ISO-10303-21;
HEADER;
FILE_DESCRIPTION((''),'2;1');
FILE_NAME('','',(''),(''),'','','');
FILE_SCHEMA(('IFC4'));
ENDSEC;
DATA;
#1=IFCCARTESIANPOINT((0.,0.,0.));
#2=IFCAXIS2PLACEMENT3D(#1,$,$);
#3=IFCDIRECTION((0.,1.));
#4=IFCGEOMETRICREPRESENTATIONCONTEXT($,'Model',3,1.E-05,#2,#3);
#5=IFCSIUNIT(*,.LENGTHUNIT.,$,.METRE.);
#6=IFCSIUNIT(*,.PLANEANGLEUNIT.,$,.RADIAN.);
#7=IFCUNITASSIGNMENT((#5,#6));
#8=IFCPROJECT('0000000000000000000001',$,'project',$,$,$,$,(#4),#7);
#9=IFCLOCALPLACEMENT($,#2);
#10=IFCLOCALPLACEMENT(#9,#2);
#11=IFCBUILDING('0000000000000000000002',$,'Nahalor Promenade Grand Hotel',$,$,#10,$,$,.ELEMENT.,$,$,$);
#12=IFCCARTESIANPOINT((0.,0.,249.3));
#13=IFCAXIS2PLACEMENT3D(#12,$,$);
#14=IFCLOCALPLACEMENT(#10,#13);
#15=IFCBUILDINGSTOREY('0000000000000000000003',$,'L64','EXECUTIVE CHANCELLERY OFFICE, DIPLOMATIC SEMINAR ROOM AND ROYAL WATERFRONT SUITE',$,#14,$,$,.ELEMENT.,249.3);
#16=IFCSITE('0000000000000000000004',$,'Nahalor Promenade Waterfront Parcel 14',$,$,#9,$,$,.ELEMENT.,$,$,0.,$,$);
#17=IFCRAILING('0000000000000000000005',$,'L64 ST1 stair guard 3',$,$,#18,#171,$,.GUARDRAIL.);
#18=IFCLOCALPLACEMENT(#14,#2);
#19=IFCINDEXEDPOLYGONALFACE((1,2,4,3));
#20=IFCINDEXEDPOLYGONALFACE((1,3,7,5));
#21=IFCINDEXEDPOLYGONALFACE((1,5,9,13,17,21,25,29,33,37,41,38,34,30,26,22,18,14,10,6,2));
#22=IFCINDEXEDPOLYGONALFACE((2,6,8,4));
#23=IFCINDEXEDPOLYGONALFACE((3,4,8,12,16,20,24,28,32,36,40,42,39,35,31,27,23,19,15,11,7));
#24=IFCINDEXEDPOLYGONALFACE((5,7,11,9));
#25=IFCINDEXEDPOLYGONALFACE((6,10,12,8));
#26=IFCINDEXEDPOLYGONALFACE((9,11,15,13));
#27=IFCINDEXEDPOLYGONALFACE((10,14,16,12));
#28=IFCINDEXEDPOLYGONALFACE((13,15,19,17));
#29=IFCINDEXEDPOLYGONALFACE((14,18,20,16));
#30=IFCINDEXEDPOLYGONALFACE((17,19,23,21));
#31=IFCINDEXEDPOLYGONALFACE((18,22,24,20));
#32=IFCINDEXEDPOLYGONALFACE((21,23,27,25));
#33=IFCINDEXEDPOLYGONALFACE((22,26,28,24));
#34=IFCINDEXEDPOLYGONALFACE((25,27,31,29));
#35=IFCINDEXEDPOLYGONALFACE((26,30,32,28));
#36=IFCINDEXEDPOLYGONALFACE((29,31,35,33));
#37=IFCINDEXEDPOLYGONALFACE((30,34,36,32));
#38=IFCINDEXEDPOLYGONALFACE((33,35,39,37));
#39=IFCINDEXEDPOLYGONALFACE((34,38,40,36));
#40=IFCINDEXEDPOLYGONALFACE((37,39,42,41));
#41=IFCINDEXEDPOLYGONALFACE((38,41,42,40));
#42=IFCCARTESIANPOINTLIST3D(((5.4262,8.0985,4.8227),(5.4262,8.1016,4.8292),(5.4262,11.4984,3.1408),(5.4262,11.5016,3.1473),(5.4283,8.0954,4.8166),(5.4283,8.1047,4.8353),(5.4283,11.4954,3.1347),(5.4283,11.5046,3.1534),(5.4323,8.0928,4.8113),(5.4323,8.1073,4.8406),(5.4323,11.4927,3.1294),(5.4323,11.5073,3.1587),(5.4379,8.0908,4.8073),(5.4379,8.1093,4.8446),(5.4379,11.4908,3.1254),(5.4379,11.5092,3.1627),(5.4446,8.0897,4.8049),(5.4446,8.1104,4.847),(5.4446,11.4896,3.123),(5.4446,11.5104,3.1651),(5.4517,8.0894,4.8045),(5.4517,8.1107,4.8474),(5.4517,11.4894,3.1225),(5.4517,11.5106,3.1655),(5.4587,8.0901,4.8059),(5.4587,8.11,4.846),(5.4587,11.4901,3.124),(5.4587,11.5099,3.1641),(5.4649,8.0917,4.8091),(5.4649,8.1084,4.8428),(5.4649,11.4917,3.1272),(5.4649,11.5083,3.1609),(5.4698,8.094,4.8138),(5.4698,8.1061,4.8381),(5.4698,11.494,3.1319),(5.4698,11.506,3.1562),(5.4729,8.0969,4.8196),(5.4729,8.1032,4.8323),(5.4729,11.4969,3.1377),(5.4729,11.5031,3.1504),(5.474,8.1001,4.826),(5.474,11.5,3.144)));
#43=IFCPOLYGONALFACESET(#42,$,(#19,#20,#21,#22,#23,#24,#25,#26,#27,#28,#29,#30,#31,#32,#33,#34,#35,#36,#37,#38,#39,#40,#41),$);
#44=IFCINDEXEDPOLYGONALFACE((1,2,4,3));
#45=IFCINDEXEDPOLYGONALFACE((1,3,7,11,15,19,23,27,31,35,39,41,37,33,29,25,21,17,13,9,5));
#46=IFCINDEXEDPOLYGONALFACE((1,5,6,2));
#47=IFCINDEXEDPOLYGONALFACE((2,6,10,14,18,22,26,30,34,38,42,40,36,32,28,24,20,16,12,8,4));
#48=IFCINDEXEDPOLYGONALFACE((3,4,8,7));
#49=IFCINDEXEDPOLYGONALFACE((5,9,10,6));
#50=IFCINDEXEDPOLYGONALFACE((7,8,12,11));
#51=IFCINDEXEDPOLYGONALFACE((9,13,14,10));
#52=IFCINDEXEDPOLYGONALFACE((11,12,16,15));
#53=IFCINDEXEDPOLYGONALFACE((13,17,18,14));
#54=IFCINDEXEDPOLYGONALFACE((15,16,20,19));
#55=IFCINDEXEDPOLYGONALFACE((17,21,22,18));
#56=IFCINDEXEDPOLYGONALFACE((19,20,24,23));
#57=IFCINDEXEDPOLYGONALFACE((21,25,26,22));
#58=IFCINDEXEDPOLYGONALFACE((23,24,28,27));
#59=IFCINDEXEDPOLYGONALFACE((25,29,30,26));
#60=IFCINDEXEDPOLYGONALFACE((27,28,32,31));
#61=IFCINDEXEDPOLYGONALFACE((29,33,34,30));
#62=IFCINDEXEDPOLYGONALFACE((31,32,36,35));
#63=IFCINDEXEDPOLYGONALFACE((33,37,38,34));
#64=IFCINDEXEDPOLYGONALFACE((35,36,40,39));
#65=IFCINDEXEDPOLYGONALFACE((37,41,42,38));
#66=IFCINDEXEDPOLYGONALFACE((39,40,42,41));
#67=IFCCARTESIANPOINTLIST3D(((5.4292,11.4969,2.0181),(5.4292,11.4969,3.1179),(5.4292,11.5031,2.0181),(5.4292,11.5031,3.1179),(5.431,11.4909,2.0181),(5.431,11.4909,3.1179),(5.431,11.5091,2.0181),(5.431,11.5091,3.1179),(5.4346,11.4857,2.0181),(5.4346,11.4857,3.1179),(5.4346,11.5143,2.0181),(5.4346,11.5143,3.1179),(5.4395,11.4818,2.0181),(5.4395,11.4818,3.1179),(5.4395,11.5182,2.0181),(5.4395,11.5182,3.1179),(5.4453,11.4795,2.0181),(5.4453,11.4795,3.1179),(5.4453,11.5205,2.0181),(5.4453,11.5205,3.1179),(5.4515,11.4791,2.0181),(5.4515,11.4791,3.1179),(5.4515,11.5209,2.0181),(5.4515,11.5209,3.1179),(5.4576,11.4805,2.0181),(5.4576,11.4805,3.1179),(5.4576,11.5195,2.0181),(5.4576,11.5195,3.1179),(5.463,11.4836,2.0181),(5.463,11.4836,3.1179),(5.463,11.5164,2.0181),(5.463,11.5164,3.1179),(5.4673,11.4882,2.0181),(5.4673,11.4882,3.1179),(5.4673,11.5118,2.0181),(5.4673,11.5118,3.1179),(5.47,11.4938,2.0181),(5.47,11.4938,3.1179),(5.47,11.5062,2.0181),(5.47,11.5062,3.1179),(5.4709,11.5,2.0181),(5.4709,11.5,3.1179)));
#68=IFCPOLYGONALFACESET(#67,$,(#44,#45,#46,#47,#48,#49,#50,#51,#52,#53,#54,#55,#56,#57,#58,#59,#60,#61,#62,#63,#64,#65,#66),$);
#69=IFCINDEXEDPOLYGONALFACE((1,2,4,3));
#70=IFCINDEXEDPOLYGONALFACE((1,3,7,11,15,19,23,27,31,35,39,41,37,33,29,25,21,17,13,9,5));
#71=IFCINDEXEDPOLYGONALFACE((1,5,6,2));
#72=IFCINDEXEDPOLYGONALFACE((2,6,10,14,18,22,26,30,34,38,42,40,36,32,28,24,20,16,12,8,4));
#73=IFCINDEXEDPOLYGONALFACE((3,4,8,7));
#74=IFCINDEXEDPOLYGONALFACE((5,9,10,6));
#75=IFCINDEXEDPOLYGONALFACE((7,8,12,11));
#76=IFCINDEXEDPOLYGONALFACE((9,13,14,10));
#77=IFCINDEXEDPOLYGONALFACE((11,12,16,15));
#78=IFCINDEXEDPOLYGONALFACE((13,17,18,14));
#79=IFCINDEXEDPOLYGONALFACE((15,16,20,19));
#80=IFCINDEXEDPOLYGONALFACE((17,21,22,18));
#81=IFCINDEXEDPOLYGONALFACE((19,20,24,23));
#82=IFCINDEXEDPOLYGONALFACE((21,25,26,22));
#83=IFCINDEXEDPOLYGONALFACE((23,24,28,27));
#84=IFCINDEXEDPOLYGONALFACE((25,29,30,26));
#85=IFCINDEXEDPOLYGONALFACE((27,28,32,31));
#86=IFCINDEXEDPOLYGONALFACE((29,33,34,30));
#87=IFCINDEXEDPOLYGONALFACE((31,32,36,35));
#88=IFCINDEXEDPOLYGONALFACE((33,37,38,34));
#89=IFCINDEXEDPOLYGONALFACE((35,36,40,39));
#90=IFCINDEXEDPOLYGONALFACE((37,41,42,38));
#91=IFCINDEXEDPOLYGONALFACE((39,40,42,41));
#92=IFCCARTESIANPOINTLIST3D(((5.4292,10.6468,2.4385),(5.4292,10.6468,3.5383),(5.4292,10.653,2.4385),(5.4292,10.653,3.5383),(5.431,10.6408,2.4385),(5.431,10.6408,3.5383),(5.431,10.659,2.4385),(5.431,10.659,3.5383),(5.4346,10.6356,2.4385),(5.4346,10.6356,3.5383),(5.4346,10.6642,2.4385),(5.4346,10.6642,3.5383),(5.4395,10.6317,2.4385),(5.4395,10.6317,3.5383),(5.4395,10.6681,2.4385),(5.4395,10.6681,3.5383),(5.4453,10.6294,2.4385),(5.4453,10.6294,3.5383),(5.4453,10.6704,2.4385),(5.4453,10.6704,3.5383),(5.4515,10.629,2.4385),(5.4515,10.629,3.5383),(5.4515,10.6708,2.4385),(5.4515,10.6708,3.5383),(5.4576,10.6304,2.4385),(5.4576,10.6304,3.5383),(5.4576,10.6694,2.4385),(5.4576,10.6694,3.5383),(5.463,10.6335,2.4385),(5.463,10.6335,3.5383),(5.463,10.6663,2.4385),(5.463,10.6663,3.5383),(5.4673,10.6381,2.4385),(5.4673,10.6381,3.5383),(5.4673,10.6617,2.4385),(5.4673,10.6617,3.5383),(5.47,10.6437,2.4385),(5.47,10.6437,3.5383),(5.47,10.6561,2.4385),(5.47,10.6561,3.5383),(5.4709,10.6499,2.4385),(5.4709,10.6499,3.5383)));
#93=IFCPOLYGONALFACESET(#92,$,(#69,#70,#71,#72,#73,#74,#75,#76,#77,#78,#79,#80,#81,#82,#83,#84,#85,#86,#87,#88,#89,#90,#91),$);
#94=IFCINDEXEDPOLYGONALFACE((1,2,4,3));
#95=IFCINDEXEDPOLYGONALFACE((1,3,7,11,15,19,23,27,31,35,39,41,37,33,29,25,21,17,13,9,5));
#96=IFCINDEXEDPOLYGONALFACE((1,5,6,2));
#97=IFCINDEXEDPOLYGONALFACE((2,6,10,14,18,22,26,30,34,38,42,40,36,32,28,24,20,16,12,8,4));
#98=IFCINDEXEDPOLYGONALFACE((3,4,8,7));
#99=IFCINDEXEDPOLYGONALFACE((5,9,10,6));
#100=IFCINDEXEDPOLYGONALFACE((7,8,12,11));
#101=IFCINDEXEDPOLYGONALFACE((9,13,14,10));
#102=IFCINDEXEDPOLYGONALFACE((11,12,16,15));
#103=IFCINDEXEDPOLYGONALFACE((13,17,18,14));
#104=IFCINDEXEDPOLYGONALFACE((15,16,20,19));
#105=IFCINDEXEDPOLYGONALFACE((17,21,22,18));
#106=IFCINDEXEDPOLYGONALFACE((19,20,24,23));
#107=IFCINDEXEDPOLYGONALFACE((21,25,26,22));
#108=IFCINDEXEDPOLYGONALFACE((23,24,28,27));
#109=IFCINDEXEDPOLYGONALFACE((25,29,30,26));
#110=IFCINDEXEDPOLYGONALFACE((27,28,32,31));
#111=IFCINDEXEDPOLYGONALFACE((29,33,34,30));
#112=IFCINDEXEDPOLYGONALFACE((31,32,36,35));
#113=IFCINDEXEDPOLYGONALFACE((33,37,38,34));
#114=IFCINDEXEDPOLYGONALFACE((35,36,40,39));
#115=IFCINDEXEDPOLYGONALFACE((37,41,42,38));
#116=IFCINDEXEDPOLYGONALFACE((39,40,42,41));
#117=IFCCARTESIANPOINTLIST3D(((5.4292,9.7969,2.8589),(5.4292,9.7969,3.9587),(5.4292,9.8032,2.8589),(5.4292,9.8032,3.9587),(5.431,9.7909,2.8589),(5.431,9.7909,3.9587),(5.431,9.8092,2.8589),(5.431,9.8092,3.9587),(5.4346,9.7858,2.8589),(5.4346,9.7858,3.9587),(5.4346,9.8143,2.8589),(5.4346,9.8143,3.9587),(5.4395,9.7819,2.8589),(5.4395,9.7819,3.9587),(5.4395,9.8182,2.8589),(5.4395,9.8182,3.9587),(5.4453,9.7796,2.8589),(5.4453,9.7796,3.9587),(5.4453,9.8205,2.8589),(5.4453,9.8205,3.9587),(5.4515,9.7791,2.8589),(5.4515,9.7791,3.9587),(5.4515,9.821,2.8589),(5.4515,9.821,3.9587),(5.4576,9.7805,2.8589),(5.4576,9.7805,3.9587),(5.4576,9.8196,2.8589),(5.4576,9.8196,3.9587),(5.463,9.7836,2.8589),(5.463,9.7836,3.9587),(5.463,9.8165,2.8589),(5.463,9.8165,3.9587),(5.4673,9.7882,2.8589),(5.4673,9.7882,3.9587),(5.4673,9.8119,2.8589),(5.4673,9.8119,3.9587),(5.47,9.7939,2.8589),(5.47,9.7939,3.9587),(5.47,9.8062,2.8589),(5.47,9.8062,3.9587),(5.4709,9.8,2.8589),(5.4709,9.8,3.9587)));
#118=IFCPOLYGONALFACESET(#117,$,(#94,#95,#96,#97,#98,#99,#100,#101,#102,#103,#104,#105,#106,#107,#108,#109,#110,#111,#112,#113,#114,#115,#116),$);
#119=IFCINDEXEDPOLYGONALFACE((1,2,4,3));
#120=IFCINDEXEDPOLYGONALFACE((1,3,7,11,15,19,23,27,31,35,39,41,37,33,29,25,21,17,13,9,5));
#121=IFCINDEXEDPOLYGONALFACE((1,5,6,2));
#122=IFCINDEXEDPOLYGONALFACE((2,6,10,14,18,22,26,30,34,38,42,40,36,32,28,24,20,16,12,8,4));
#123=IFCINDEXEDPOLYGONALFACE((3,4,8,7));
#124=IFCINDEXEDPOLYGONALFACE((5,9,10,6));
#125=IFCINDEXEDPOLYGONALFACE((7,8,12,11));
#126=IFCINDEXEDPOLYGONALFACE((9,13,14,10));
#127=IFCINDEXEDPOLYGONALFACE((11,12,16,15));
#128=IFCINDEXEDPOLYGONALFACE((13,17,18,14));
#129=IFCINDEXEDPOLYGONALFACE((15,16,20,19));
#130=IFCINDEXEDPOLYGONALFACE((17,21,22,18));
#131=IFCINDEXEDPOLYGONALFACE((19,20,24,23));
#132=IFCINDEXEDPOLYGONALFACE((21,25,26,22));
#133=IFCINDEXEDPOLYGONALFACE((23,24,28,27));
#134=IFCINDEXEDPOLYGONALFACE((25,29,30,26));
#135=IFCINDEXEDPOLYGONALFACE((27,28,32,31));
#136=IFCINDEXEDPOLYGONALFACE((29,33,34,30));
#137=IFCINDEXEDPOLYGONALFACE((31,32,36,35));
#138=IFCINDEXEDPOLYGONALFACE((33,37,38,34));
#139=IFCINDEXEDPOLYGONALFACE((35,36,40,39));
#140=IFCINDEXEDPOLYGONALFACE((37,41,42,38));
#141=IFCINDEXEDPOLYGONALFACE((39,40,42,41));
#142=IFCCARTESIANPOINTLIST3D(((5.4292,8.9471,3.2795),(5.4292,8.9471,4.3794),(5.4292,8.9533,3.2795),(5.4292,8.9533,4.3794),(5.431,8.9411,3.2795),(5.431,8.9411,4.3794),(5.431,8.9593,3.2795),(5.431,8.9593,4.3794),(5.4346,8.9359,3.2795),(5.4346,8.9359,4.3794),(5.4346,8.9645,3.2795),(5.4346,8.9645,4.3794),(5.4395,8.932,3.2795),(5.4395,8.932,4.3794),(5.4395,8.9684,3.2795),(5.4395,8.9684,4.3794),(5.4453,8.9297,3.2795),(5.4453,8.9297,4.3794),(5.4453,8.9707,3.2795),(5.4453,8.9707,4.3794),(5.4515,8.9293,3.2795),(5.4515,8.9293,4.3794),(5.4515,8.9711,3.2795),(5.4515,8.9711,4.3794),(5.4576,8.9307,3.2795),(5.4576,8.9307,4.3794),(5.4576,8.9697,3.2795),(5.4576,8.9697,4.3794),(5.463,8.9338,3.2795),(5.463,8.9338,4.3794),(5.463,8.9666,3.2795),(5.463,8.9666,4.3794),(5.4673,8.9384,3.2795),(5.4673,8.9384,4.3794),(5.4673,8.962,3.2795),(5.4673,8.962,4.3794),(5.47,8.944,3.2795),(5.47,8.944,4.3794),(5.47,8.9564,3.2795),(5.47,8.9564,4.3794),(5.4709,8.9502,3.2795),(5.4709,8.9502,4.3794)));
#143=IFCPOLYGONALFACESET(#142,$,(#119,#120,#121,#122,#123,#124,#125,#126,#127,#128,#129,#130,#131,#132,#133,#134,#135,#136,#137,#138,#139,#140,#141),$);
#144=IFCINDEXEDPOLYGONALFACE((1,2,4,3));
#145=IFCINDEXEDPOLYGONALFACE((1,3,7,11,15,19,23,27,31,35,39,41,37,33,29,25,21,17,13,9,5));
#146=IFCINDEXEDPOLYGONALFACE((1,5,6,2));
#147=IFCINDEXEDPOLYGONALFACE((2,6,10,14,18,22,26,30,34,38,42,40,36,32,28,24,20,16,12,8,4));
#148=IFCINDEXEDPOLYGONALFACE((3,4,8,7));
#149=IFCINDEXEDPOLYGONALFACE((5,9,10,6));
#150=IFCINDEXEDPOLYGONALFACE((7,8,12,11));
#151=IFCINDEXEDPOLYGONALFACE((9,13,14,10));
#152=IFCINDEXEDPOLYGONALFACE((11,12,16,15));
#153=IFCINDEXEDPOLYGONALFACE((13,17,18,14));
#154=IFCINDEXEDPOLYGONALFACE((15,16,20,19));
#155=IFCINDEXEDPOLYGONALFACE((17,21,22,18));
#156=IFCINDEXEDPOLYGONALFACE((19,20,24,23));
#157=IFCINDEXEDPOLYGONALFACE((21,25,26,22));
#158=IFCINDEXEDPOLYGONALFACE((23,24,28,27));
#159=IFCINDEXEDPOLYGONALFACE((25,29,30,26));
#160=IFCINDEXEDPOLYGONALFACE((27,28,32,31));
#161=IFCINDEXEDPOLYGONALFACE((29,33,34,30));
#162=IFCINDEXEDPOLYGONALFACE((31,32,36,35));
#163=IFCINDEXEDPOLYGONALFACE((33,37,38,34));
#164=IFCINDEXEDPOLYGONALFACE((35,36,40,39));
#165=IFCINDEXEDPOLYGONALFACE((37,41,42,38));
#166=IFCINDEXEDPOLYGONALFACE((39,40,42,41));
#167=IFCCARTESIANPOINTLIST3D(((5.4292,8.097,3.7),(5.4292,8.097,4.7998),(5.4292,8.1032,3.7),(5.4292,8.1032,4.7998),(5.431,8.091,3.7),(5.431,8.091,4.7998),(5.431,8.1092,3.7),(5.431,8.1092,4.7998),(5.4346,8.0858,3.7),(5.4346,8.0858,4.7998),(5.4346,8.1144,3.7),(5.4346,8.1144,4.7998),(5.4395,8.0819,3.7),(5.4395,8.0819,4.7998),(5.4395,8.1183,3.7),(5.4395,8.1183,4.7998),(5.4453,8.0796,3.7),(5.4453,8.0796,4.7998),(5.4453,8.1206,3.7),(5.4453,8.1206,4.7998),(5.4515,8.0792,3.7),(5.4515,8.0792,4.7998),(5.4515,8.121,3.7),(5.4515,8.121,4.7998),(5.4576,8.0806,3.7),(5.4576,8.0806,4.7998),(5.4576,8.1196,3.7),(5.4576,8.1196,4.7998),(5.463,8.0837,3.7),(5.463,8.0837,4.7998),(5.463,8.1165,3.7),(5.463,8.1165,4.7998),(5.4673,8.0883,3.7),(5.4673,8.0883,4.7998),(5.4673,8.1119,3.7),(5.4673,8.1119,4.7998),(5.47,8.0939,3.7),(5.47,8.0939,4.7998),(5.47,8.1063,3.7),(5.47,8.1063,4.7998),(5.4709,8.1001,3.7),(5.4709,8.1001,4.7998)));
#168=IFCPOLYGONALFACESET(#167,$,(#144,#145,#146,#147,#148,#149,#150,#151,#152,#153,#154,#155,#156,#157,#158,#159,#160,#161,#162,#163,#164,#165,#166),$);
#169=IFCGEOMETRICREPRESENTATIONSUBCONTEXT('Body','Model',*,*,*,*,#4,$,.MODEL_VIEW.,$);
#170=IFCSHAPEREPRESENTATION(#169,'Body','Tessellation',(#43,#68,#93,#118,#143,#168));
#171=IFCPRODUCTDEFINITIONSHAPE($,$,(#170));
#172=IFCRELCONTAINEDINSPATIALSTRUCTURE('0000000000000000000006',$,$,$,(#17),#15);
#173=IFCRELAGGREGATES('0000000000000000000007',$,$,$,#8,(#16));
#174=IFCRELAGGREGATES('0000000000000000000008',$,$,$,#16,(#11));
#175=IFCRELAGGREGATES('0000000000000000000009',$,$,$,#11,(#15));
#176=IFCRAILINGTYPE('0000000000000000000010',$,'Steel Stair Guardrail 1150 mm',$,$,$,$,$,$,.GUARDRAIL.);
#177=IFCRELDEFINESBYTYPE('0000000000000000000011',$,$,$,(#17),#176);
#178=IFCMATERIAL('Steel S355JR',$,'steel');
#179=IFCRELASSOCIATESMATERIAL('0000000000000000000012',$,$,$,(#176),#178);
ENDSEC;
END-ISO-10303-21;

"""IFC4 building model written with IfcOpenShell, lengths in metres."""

from ifc_helpers import new_model, si_unit, direction, frame, origin, origin_2d, place, context, subcontext, project, spatial, circle, extrude, material, type_object, element, save


model = new_model("IFC4")

# Units and contexts
model_context = context("Model", 3, precision=1e-05, world=origin(), true_north=direction((0.0, 1.0)))
body_context = subcontext(model_context, "Body", "Model", "MODEL_VIEW")
ifc_project = project(units=[si_unit("LENGTHUNIT", "METRE"), si_unit("PLANEANGLEUNIT", "RADIAN")], contexts=[model_context])

# Site, building, storey
site_placement = place(None, origin())
site = spatial("IfcSite", under=ifc_project, at=site_placement, Name="Nahalor Promenade Waterfront Parcel 14", CompositionType="ELEMENT", RefElevation=0.0)
building_placement = place(site_placement, origin())
building = spatial("IfcBuilding", under=site, at=building_placement, Name="Nahalor Promenade Grand Hotel", CompositionType="ELEMENT")
storey_placement = place(building_placement, frame((0.0, 0.0, 249.3)))
storey = spatial("IfcBuildingStorey", under=building, at=storey_placement, Name="L64", Description="EXECUTIVE CHANCELLERY OFFICE, DIPLOMATIC SEMINAR ROOM AND ROYAL WATERFRONT SUITE", CompositionType="ELEMENT", Elevation=249.3)

# Shared definitions
ifc_material_1 = material(Name="Steel S355JR", Category="steel")

# Railing
railing_type = type_object("IfcRailingType", Name="Steel Stair Guardrail 1150 mm", PredefinedType="GUARDRAIL", material=ifc_material_1)
railing_1_placement = place(storey_placement, frame((5.45, 11.5, 2.0181)))
element("IfcRailing", 1, at=railing_1_placement, inside=storey, type_object=railing_type, Name="L64 ST1 stair guard 3", PredefinedType="GUARDRAIL", context=body_context, shape_type="SweptSolid", body=[
    extrude(circle(Radius=0.024, at=origin_2d()), frame((0.0, 0.0, 1.126), z_axis=(0.0, -0.896324, 0.443399), x_axis=(1.0, 0.0, 0.0)), (0.0, 0.0, 1.0), 3.7932),
    extrude(circle(Radius=0.021, at=origin_2d()), origin(), (0.0, 0.0, 1.0), 1.0999),
    extrude(circle(Radius=0.021, at=origin_2d()), frame((0.0, -0.8501, 0.4204)), (0.0, 0.0, 1.0), 1.0999),
    extrude(circle(Radius=0.021, at=origin_2d()), frame((0.0, -1.7, 0.8408)), (0.0, 0.0, 1.0), 1.0999),
    extrude(circle(Radius=0.021, at=origin_2d()), frame((0.0, -2.5498, 1.2615)), (0.0, 0.0, 1.0), 1.0999),
    extrude(circle(Radius=0.021, at=origin_2d()), frame((0.0, -3.3999, 1.6819)), (0.0, 0.0, 1.0), 1.0999),
])

save(model, "model.ifc")
